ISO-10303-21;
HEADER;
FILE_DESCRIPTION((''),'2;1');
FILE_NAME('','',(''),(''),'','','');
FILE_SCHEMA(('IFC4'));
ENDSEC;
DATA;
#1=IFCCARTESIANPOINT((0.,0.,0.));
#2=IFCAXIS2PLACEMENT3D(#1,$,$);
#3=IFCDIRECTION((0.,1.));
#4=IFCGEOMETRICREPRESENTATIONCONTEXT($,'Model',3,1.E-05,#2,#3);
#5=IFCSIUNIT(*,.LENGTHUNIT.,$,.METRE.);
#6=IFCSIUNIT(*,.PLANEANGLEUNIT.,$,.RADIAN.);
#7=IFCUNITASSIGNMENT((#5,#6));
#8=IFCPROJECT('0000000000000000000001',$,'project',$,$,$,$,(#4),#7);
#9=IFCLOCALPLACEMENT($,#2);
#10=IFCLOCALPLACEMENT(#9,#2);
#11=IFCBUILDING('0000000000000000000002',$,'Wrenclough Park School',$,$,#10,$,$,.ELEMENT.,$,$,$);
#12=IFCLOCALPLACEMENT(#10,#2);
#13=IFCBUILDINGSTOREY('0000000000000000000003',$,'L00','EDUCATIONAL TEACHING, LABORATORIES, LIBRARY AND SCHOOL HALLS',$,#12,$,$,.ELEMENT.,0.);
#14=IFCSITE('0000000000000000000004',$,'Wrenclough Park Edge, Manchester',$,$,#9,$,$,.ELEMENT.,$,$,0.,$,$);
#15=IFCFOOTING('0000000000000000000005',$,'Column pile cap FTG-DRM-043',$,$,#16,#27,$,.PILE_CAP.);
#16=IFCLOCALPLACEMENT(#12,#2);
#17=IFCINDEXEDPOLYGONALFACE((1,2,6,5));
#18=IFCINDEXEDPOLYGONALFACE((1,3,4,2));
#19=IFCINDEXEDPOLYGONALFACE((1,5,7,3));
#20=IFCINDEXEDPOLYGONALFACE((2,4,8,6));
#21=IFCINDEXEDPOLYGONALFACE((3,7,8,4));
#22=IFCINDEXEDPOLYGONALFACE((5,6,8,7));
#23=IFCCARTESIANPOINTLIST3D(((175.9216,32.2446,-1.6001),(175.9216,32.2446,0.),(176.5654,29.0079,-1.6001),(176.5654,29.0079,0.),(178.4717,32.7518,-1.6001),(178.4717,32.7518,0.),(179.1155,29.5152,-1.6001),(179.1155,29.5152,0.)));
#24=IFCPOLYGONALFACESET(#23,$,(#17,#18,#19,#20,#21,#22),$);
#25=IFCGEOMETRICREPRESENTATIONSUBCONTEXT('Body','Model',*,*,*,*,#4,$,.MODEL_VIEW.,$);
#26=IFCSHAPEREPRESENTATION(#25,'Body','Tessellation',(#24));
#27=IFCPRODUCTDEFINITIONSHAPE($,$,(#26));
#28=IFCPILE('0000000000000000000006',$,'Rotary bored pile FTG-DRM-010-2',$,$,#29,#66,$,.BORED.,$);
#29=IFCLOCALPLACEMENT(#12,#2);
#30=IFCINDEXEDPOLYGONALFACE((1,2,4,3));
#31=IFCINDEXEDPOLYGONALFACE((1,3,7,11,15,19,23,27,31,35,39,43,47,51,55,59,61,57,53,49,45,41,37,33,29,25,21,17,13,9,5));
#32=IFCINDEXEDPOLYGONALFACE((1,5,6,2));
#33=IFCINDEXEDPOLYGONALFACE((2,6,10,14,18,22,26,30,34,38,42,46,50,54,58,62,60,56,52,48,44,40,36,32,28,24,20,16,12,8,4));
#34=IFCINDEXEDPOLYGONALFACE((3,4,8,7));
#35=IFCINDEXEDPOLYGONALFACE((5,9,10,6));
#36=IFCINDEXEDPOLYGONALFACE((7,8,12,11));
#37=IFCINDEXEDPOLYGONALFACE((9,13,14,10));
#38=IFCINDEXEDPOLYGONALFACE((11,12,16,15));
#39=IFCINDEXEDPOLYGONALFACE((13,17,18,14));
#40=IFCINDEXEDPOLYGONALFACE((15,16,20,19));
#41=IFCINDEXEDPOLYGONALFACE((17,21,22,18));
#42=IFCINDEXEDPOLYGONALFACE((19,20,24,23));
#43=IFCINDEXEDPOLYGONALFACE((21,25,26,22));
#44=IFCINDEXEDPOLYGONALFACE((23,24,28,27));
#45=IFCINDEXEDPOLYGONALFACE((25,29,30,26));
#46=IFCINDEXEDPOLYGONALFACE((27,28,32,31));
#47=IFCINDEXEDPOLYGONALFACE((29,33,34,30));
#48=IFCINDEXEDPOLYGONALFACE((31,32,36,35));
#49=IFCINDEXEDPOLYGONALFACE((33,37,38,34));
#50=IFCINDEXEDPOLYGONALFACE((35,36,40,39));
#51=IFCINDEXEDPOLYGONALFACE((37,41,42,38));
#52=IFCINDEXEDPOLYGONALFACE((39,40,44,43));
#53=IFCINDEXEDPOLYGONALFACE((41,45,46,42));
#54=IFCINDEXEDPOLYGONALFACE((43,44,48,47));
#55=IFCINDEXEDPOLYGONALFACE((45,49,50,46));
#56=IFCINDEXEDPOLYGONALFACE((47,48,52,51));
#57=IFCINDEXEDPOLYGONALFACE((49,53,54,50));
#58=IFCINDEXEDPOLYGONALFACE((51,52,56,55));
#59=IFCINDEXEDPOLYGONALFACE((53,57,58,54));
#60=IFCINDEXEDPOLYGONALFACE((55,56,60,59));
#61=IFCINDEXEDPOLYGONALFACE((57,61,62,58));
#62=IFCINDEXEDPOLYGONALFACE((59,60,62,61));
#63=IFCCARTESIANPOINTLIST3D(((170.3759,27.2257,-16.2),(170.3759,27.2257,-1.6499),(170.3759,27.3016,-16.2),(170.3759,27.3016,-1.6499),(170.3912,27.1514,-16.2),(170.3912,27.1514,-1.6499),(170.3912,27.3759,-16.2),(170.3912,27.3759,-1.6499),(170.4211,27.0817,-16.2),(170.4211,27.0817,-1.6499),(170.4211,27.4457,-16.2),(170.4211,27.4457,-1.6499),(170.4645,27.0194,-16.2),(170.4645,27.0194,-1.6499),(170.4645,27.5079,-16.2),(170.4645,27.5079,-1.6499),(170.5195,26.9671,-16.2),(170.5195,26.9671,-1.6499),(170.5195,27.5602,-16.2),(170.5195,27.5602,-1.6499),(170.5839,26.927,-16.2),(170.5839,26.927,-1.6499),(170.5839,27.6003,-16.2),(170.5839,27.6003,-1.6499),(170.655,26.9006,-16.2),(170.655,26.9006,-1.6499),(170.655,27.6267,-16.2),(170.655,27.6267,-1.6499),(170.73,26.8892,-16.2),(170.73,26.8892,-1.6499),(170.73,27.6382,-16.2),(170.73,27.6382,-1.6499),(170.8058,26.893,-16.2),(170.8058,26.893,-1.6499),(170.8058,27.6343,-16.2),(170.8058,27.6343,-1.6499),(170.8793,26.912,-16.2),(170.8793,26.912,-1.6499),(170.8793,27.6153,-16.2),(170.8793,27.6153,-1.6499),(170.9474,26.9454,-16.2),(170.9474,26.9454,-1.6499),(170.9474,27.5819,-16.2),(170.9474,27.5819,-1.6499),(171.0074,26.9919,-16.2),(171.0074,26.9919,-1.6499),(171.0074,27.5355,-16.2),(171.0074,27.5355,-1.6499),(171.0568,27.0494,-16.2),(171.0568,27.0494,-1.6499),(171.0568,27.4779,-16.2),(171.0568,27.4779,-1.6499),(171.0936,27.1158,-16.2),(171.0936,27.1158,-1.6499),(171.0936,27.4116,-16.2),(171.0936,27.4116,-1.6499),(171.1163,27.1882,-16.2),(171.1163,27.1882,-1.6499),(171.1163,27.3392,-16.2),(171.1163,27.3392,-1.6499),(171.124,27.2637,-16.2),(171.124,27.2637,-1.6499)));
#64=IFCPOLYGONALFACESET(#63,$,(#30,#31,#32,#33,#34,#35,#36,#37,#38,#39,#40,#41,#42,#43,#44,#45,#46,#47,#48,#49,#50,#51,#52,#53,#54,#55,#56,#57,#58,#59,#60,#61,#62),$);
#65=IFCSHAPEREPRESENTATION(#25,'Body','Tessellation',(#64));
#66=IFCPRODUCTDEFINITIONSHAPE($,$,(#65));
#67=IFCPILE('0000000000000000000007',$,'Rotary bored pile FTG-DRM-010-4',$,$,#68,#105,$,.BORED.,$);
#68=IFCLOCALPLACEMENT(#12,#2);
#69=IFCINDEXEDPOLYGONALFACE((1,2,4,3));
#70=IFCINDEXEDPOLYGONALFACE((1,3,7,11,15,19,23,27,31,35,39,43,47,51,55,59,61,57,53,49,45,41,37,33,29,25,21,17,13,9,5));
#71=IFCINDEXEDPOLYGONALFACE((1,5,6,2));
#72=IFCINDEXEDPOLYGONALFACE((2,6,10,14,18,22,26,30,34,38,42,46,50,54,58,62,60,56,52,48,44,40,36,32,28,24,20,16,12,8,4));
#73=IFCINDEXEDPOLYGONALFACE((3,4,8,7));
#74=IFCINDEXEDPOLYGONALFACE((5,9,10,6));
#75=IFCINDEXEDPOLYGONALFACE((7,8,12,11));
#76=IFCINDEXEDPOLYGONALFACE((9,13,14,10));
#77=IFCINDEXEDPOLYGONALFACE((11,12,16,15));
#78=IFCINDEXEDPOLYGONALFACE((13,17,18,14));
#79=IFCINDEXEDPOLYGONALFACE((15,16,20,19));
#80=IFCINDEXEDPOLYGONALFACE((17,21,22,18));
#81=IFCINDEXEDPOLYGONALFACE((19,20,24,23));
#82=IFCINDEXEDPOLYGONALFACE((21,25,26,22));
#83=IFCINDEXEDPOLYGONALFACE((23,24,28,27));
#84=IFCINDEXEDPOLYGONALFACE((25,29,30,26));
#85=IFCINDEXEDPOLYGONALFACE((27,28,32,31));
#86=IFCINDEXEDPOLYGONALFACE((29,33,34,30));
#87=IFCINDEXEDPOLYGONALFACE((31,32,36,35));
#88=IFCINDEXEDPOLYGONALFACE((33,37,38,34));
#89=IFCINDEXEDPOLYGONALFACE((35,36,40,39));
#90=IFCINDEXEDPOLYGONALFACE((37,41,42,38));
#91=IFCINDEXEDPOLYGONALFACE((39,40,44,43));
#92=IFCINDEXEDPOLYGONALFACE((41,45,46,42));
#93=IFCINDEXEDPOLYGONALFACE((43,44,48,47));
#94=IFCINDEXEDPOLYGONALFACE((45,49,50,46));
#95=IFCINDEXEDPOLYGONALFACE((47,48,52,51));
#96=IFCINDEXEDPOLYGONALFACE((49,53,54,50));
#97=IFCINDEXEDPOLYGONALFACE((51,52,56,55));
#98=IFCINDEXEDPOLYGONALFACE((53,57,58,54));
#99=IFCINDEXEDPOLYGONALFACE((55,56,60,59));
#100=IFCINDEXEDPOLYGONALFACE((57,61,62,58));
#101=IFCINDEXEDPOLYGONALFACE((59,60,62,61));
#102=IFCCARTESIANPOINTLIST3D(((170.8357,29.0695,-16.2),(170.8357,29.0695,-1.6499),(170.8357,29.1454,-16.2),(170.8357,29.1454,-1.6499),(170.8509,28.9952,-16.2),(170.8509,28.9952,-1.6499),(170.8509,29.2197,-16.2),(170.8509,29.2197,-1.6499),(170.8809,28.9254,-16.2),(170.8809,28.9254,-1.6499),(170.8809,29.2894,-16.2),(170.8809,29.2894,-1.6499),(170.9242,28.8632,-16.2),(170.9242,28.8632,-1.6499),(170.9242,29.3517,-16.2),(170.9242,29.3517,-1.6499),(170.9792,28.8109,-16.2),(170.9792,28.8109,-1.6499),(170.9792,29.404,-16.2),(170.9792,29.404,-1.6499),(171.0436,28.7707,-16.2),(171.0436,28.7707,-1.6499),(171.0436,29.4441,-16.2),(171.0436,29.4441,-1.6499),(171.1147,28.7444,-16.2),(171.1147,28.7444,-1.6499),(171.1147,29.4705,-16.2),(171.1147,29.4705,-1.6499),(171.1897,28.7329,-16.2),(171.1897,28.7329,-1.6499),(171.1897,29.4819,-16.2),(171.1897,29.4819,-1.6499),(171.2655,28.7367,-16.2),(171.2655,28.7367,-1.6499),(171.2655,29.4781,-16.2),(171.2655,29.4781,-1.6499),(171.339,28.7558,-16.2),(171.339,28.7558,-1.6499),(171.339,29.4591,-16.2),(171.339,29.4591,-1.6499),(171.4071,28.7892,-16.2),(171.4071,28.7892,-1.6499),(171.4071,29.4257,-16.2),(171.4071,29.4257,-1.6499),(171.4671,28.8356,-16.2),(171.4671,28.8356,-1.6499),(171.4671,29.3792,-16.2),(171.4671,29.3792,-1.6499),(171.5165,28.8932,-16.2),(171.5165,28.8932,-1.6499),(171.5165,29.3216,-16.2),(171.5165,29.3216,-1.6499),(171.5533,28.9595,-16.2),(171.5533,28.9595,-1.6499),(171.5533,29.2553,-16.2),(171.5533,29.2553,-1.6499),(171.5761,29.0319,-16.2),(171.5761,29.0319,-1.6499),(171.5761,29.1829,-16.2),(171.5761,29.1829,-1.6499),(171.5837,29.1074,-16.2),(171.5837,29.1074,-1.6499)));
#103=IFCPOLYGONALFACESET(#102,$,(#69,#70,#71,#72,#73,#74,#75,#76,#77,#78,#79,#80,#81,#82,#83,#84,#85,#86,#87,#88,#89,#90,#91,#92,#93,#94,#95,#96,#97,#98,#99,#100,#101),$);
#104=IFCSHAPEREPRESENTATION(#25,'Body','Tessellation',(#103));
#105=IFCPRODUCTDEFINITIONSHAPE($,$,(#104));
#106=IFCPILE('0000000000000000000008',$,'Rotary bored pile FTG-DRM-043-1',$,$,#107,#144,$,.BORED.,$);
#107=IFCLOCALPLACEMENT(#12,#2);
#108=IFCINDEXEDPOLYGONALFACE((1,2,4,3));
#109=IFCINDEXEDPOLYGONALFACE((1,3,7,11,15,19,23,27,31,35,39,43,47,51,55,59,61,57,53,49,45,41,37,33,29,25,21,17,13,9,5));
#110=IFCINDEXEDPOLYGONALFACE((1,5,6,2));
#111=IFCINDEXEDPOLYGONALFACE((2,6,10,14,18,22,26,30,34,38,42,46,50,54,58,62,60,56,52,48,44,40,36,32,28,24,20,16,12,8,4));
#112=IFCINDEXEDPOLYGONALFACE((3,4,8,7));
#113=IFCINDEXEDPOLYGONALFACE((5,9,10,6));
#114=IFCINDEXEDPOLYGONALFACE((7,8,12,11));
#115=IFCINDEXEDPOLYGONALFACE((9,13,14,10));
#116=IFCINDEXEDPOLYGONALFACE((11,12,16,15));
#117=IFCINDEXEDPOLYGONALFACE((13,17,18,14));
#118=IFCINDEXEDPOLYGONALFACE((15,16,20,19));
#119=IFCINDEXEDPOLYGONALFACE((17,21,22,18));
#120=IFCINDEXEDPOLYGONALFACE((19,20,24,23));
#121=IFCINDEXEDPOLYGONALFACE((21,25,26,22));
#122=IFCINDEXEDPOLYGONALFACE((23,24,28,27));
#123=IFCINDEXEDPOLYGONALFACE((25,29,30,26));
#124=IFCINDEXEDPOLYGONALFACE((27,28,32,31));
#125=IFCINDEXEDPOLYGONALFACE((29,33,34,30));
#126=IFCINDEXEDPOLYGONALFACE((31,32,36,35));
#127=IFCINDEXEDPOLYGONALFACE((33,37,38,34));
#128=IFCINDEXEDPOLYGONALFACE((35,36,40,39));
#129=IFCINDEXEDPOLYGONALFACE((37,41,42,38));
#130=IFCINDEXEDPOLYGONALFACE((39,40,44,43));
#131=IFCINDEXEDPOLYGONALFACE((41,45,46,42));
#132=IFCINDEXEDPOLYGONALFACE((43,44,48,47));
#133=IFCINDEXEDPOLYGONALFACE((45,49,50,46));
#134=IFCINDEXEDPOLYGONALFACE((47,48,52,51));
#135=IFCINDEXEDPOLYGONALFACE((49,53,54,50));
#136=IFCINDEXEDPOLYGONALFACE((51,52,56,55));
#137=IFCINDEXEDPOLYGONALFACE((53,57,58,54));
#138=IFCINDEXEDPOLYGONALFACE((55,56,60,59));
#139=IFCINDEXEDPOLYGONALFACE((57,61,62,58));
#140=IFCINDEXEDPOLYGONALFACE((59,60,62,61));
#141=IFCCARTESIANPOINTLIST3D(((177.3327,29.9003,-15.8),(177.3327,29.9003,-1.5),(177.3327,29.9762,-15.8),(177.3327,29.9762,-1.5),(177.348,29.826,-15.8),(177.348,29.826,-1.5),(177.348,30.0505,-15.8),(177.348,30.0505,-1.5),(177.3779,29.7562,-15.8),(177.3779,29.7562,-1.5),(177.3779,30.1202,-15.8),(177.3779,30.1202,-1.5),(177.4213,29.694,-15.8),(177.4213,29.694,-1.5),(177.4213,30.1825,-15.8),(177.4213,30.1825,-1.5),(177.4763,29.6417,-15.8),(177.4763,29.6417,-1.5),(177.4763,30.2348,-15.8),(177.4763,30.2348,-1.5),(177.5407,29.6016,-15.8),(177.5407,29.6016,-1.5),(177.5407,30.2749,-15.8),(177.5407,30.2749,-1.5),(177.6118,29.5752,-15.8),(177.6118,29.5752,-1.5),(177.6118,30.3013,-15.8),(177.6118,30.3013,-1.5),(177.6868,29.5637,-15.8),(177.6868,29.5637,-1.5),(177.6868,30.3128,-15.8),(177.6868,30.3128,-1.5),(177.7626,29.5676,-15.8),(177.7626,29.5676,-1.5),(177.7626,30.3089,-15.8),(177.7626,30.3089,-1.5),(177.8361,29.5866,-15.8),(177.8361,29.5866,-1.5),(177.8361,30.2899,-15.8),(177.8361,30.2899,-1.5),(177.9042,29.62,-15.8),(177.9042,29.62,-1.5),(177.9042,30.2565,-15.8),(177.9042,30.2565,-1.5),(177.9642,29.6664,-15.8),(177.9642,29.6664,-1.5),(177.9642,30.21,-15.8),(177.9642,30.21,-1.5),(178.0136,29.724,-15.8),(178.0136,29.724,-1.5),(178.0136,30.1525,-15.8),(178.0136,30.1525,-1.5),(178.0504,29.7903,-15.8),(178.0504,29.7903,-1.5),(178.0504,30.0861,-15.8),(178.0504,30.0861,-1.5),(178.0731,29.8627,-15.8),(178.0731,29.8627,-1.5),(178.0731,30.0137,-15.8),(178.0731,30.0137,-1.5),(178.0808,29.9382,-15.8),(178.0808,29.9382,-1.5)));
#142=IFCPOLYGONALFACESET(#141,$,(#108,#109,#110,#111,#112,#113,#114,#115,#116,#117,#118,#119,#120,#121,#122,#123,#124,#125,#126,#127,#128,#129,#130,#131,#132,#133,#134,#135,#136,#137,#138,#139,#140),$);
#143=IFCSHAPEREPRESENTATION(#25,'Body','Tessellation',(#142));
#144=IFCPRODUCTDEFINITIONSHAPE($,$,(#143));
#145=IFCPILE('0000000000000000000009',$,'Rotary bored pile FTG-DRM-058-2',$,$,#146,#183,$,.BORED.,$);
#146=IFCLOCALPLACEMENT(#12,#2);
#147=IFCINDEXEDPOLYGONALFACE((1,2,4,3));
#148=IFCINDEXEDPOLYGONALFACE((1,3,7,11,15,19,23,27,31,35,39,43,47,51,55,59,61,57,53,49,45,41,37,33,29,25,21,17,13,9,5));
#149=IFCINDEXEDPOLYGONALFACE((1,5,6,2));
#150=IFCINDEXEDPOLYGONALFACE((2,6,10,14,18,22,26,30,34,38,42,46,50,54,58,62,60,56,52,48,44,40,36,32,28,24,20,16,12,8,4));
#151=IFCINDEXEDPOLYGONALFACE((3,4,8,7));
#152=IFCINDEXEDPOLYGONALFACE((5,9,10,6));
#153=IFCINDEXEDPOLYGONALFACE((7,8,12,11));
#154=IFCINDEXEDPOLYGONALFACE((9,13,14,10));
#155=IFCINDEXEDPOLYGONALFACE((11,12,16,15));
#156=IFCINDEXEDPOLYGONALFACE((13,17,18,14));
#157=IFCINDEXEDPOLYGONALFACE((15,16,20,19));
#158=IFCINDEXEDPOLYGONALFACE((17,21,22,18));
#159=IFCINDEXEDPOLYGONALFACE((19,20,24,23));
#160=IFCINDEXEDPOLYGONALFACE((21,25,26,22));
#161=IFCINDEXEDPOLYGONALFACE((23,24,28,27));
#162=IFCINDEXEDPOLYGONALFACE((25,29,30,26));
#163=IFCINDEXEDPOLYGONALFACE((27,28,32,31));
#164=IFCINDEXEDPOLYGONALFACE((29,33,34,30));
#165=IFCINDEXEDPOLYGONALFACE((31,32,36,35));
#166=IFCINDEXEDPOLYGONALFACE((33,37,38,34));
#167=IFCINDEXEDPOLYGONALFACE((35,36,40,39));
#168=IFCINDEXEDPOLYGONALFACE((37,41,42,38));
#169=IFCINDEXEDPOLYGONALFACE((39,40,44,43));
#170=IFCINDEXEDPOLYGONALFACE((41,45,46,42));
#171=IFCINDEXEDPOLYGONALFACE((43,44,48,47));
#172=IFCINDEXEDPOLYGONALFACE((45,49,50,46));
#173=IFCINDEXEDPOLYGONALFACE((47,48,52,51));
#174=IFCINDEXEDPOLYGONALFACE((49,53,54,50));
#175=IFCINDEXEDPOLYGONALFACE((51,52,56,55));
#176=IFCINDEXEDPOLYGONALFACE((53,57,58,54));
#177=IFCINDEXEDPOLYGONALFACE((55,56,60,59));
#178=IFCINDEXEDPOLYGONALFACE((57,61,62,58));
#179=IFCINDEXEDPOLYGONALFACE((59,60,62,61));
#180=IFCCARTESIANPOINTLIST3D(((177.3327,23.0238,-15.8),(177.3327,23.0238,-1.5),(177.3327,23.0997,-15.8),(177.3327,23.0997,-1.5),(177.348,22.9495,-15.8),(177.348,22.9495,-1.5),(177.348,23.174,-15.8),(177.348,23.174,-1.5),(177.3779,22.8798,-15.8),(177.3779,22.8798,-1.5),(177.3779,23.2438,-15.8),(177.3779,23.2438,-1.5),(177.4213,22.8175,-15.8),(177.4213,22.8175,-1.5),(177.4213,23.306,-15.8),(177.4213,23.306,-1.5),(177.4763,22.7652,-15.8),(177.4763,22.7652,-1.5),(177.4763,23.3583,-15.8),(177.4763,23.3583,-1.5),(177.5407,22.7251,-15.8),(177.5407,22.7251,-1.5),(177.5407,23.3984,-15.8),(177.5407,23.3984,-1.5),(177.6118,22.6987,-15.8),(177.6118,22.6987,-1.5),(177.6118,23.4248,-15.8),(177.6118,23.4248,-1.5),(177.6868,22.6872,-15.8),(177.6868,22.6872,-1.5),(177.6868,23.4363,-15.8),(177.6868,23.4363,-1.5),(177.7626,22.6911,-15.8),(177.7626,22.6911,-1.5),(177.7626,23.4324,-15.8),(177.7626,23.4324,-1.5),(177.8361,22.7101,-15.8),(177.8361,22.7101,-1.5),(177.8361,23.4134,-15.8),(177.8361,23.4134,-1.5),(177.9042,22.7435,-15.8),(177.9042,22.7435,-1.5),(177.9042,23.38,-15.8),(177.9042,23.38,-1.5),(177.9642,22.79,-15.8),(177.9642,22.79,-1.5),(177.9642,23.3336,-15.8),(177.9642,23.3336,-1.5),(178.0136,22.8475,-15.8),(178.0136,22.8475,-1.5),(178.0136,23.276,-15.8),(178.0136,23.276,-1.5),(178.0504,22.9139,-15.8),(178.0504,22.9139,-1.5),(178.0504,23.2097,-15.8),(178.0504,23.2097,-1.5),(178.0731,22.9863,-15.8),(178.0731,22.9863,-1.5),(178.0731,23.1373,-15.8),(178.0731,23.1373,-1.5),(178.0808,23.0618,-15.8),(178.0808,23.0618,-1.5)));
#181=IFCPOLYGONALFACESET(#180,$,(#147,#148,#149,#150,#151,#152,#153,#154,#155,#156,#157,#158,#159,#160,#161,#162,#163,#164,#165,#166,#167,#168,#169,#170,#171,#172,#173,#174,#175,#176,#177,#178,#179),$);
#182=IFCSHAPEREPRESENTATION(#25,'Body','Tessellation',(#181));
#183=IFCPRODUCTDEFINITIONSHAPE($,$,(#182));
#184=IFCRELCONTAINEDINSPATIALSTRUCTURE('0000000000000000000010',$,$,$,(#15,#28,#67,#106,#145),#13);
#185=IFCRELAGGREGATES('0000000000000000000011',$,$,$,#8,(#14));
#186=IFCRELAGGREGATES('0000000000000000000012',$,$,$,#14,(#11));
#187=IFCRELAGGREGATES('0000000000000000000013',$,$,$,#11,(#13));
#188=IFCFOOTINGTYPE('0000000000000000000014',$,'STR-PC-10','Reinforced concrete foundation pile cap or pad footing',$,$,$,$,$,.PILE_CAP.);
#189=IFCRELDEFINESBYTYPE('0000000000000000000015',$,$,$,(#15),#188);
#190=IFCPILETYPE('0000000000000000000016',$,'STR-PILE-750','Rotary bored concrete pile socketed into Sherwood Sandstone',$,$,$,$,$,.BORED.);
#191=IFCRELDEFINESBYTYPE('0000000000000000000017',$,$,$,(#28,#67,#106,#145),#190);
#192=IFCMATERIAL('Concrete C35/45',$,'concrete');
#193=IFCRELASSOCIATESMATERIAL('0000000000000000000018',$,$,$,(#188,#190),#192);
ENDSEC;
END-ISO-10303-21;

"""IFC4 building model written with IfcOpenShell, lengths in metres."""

from ifc_helpers import new_model, si_unit, direction, frame, origin, origin_2d, place, context, subcontext, project, spatial, rectangle, circle, extrude, material, material_profile, profile_set, type_object, element, save


model = new_model("IFC4")

# Units and contexts
model_context = context("Model", 3, precision=1e-05, world=origin(), true_north=direction((0.0, 1.0)))
body_context = subcontext(model_context, "Body", "Model", "MODEL_VIEW")
ifc_project = project(units=[si_unit("LENGTHUNIT", "METRE"), si_unit("PLANEANGLEUNIT", "RADIAN")], contexts=[model_context])

# Site, building, storey
site_placement = place(None, origin())
site = spatial("IfcSite", under=ifc_project, at=site_placement, Name="Wrenclough Park Edge, Manchester", CompositionType="ELEMENT", RefElevation=0.0)
building_placement = place(site_placement, origin())
building = spatial("IfcBuilding", under=site, at=building_placement, Name="Wrenclough Park School", CompositionType="ELEMENT")
storey_placement = place(building_placement, origin())
storey = spatial("IfcBuildingStorey", under=building, at=storey_placement, Name="L00", Description="EDUCATIONAL TEACHING, LABORATORIES, LIBRARY AND SCHOOL HALLS", CompositionType="ELEMENT", Elevation=0.0)

# Footing
ifc_material_1 = material(Name="Concrete C35/45", Category="concrete")
footing_type = type_object("IfcFootingType", Name="STR-PC-10", Description="Reinforced concrete foundation pile cap or pad footing", PredefinedType="PILE_CAP", material=ifc_material_1)
footing_placement = place(storey_placement, frame((177.5186, 30.8799, -1.6001), z_axis=(0.0, 0.0, 1.0), x_axis=(-0.19509, 0.980785, 0.0)))
element("IfcFooting", 1, at=footing_placement, inside=storey, type_object=footing_type, Name="Column pile cap FTG-DRM-043", PredefinedType="PILE_CAP", context=body_context, shape_type="SweptSolid", body=[
    extrude(rectangle(XDim=3.3, YDim=2.6001, at=origin_2d()), origin(), (0.0, 0.0, 1.0), 1.6001),
])

# Piles
ifc_material_profile_1 = material_profile(ifc_material_1, circle(Radius=0.375, at=origin_2d()), Name="BORED PILE D750")
ifc_profile_set_1 = profile_set([ifc_material_profile_1], Name="Concrete C35/45")
pile_type = type_object("IfcPileType", Name="STR-PILE-750", Description="Rotary bored concrete pile socketed into Sherwood Sandstone", PredefinedType="BORED", material=ifc_profile_set_1)
for number, where, z_axis, x_axis, name in (
    (2, (170.749, 27.2637, -1.6499), (0.0, 0.0, -1.0), (1.0, 0.0, 0.0), "Rotary bored pile FTG-DRM-010-2"),
    (3, (171.2087, 29.1074, -1.6499), (0.0, 0.0, -1.0), (1.0, 0.0, 0.0), "Rotary bored pile FTG-DRM-010-4"),
):
    element("IfcPile", number, at=place(storey_placement, frame(where, z_axis=z_axis, x_axis=x_axis)), inside=storey, type_object=pile_type, Name=name, PredefinedType="BORED", context=body_context, shape_type="SweptSolid", body=[
        extrude(circle(Radius=0.375, at=origin_2d()), origin(), (0.0, 0.0, 1.0), 14.55),
    ])
for number, where, z_axis, x_axis, name in (
    (4, (177.7058, 29.9382, -1.5), (0.0, 0.0, -1.0), (1.0, 0.0, 0.0), "Rotary bored pile FTG-DRM-043-1"),
    (5, (177.7058, 23.0618, -1.5), (0.0, 0.0, -1.0), (1.0, 0.0, 0.0), "Rotary bored pile FTG-DRM-058-2"),
):
    element("IfcPile", number, at=place(storey_placement, frame(where, z_axis=z_axis, x_axis=x_axis)), inside=storey, type_object=pile_type, Name=name, PredefinedType="BORED", context=body_context, shape_type="SweptSolid", body=[
        extrude(circle(Radius=0.375, at=origin_2d()), origin(), (0.0, 0.0, 1.0), 14.3),
    ])

save(model, "model.ifc")
